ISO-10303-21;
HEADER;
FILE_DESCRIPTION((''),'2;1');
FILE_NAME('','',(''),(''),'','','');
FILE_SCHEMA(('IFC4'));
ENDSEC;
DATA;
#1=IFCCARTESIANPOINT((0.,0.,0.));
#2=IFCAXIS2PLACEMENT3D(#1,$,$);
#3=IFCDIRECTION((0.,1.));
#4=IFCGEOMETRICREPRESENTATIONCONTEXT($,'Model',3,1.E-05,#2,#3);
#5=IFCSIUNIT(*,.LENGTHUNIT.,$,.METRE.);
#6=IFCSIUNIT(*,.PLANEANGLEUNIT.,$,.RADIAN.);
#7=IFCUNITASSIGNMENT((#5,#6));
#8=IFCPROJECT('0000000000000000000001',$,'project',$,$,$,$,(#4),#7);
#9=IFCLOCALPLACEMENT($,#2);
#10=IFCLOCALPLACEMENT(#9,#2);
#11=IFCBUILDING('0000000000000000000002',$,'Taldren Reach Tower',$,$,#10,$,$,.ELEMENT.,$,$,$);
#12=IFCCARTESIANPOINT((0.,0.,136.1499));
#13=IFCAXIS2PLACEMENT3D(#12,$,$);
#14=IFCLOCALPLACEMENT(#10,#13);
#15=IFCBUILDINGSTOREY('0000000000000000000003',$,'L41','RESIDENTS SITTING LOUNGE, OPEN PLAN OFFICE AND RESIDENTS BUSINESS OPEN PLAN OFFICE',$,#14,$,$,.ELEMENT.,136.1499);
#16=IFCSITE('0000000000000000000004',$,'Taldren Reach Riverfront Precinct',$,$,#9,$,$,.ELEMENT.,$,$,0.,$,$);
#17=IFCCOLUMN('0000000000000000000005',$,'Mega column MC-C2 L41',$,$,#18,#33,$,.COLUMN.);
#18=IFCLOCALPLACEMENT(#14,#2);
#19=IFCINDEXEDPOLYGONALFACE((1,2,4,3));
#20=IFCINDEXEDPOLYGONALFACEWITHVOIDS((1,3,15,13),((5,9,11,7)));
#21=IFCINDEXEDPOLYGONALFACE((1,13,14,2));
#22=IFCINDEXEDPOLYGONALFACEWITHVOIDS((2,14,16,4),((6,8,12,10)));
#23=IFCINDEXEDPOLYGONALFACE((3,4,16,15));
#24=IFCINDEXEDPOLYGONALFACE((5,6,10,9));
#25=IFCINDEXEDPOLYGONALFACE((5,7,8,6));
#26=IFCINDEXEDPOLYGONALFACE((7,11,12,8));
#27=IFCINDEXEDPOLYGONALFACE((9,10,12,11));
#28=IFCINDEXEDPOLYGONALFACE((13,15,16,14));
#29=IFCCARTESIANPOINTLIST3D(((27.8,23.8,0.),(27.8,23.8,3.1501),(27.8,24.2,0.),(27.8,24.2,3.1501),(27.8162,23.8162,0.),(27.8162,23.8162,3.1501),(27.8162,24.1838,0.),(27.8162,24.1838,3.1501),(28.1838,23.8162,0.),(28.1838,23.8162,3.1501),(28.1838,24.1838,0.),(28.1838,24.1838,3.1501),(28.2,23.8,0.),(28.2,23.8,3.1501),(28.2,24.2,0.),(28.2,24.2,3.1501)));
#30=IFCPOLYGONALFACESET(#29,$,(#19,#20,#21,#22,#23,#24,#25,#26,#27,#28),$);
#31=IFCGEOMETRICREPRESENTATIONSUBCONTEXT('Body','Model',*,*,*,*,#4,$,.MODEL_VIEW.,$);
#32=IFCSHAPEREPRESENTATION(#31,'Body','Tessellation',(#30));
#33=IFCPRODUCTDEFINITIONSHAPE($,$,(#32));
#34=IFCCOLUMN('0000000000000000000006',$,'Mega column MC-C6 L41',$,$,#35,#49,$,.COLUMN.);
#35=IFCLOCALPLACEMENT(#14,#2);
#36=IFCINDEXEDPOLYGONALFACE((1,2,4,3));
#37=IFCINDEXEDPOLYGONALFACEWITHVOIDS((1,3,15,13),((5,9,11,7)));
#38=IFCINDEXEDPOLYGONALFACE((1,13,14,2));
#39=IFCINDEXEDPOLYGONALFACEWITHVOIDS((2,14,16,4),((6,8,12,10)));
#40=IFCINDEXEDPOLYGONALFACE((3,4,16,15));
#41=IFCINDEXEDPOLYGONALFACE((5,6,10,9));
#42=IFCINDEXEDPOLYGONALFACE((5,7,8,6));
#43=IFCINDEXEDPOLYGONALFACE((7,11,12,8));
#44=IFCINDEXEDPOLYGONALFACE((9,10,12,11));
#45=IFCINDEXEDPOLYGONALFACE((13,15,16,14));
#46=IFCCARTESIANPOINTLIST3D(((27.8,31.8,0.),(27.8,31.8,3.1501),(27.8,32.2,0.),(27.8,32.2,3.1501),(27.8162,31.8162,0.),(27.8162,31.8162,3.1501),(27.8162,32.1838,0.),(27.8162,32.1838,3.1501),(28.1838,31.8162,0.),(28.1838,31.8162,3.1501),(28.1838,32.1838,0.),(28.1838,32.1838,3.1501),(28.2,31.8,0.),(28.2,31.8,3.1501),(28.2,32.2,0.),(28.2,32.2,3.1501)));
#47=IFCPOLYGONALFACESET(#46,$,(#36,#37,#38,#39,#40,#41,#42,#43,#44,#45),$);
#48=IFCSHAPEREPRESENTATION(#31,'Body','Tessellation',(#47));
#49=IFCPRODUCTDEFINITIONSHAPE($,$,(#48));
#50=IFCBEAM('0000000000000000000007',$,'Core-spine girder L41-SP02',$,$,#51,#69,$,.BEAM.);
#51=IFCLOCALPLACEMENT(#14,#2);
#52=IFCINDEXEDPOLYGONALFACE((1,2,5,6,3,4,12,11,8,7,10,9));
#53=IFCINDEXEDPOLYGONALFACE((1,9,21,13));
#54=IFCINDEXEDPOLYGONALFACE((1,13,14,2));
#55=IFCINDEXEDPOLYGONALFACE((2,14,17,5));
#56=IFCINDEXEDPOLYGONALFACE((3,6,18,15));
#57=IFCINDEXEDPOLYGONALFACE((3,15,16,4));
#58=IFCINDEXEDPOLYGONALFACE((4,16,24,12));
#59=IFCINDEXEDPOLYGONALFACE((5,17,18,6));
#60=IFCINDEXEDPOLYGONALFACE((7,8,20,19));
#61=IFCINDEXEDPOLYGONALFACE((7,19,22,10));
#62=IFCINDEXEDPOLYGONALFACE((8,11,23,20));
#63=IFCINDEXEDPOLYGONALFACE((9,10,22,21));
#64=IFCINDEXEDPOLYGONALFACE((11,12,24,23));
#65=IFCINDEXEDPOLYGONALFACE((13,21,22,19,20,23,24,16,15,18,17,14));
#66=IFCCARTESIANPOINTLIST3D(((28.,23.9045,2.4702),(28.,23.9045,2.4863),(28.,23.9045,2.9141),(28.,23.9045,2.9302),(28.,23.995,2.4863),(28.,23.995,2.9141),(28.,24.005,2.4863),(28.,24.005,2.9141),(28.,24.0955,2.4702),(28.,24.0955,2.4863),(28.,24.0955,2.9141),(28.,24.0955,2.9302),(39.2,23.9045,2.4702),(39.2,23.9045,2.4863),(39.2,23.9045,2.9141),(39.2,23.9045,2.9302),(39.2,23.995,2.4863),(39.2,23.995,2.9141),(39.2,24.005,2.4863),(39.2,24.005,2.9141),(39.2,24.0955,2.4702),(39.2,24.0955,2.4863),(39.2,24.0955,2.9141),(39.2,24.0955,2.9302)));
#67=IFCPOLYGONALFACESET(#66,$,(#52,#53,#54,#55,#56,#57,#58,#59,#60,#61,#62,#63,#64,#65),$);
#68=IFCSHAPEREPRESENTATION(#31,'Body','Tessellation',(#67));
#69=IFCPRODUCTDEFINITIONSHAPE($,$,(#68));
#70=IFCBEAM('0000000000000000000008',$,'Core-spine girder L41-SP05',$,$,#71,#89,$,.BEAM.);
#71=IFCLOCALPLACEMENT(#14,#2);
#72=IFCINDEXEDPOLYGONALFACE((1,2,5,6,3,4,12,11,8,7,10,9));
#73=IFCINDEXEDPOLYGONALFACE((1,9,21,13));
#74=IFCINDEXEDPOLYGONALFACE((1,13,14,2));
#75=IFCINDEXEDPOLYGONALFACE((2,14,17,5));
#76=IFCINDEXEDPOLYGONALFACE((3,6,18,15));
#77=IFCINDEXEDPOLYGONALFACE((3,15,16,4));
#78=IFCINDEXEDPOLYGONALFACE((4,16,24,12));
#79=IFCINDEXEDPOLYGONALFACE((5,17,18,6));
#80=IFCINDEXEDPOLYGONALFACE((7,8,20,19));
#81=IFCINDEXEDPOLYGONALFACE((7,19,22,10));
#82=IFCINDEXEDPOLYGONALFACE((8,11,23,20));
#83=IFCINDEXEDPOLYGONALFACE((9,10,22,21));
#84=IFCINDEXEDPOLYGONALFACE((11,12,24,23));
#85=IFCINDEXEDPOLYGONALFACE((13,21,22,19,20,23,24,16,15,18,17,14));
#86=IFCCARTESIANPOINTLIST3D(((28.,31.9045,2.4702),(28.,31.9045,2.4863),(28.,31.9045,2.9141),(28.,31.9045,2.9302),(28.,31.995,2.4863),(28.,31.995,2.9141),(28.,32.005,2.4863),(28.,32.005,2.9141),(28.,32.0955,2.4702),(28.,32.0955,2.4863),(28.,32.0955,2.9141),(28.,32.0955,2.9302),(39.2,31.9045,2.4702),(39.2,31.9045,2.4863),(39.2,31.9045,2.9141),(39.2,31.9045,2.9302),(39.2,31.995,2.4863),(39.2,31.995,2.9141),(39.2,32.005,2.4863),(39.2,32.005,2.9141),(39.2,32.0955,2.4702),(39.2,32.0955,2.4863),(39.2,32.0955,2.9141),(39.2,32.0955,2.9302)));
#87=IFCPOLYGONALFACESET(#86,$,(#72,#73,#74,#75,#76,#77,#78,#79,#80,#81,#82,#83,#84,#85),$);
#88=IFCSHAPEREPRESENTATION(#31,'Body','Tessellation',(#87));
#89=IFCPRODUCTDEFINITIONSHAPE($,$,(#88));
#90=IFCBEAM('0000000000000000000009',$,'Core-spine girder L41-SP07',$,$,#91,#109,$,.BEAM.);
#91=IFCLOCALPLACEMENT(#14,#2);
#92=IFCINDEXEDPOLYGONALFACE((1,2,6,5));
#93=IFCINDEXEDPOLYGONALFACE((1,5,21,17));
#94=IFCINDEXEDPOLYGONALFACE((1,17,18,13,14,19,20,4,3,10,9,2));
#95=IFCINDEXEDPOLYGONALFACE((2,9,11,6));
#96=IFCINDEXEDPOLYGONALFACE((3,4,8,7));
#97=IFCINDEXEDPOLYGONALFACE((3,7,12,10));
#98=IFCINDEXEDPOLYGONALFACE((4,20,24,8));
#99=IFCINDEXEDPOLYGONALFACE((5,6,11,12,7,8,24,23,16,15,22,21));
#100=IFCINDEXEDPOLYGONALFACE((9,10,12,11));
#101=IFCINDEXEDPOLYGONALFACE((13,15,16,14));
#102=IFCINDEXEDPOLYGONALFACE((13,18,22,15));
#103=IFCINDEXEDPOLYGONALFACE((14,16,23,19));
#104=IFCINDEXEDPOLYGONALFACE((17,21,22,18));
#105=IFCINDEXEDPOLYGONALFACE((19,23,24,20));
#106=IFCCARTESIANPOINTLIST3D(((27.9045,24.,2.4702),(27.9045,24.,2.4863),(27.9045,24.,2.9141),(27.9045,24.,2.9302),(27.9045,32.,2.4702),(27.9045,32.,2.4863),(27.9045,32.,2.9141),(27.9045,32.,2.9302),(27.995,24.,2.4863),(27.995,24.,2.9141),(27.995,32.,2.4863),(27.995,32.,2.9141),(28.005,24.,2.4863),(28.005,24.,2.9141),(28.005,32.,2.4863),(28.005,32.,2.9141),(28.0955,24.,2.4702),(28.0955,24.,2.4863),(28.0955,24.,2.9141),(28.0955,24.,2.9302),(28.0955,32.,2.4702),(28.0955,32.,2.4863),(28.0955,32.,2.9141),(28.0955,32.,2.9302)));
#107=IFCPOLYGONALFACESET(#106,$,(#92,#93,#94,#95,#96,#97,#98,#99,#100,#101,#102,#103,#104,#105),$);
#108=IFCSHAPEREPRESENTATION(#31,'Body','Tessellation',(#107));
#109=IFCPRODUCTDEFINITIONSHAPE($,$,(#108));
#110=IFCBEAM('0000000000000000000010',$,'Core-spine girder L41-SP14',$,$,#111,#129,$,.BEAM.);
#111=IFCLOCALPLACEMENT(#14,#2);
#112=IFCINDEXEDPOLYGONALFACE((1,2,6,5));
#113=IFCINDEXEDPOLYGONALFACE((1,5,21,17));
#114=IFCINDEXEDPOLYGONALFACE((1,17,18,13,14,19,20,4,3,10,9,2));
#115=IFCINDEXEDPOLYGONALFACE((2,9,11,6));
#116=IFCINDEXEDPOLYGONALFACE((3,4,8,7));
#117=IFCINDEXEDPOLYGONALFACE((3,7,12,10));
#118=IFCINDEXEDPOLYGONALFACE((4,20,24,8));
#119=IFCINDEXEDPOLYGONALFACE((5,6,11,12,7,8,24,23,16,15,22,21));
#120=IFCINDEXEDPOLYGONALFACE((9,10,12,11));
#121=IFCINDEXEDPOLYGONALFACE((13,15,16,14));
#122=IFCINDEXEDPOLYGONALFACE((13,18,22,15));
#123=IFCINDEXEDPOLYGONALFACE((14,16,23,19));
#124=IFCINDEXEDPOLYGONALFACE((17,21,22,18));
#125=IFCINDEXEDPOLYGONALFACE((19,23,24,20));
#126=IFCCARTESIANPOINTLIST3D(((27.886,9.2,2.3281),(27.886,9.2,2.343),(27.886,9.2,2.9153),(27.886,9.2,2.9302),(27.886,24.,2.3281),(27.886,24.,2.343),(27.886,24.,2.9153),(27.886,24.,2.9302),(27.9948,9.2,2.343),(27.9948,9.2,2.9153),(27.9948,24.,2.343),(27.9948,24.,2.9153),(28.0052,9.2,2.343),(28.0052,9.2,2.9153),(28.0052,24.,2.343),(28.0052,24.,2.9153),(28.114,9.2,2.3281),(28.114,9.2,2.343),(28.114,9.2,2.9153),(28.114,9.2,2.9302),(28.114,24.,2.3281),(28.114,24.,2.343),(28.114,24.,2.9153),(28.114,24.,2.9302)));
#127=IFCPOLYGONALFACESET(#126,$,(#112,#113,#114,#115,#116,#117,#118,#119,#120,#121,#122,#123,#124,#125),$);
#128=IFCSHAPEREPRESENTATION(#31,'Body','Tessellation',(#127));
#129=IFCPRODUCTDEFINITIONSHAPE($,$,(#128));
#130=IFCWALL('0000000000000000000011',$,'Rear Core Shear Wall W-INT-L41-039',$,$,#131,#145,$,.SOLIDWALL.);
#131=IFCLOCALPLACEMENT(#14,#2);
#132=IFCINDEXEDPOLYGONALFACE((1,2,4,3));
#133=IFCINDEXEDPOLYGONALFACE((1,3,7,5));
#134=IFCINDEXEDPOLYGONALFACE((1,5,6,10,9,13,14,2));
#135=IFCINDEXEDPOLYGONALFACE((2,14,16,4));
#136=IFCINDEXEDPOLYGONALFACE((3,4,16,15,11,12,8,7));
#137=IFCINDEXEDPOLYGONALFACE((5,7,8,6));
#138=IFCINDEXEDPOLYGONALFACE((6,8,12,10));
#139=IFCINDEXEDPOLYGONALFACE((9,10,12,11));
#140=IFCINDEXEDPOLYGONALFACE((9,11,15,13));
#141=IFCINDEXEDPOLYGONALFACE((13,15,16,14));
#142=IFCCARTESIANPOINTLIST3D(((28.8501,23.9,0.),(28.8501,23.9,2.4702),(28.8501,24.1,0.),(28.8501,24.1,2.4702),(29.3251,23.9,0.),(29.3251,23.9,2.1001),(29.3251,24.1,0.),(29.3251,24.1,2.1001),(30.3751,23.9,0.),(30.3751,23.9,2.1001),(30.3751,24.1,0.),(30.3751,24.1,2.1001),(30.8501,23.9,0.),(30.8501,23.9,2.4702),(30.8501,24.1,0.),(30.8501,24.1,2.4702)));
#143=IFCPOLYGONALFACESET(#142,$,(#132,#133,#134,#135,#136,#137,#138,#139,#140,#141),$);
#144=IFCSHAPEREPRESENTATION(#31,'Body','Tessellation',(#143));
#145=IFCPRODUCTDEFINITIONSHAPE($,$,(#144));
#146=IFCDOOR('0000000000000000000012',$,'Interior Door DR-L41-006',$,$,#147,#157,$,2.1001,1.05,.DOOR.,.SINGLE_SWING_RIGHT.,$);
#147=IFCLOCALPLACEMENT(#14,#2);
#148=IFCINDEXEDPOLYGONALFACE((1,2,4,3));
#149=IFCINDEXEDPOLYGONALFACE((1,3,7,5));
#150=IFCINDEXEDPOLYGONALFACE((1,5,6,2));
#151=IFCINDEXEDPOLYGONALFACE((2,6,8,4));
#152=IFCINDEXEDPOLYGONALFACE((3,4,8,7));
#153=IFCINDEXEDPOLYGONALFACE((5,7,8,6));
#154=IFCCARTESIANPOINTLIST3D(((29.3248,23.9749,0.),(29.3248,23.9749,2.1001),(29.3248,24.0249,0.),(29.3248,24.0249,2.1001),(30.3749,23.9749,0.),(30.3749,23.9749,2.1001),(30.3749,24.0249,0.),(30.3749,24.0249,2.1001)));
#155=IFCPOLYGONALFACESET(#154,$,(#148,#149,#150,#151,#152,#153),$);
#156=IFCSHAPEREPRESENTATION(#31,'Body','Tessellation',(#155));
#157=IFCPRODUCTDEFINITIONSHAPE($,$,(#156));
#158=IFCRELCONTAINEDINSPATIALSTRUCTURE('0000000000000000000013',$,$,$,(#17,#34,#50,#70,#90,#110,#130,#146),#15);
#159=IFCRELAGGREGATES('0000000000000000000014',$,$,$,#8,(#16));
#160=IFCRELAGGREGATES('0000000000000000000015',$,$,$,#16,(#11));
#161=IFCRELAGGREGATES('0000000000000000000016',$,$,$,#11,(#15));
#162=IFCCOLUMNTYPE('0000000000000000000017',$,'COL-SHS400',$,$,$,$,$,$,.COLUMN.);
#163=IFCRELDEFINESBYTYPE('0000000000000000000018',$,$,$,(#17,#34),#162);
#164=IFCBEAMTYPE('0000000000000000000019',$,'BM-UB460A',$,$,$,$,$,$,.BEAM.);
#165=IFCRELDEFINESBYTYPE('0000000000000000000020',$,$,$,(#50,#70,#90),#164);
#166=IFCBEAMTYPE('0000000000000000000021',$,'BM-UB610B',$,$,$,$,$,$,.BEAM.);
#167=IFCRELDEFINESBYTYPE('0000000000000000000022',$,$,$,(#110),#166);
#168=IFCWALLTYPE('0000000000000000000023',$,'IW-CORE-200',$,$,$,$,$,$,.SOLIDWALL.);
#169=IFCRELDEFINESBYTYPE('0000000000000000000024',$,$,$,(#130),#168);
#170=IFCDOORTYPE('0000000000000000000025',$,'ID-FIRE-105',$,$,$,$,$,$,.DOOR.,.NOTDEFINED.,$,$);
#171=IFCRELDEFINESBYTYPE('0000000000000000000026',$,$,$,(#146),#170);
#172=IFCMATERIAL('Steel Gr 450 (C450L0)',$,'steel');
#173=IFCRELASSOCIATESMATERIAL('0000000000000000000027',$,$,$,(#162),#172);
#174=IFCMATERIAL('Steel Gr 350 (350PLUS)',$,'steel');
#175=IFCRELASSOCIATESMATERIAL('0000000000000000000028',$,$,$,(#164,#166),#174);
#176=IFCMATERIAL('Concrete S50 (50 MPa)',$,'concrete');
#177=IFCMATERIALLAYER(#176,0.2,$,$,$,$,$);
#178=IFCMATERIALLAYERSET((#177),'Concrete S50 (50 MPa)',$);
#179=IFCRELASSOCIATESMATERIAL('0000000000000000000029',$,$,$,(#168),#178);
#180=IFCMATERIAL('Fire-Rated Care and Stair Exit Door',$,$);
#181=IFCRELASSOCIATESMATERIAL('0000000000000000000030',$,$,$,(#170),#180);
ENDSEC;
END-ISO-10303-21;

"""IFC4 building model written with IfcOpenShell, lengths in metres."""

from ifc_helpers import new_model, si_unit, direction, frame, frame_2d, origin, origin_2d, place, context, subcontext, project, spatial, rectangle, hollow_rectangle, i_section, extrude, source, transform, mapped, material, layer, layer_set, material_profile, profile_set, type_object, element, fill, save


model = new_model("IFC4")

# Units and contexts
model_context = context("Model", 3, precision=1e-05, world=origin(), true_north=direction((0.0, 1.0)))
body_context = subcontext(model_context, "Body", "Model", "MODEL_VIEW")
ifc_project = project(units=[si_unit("LENGTHUNIT", "METRE"), si_unit("PLANEANGLEUNIT", "RADIAN")], contexts=[model_context])

# Site, building, storey
site_placement = place(None, origin())
site = spatial("IfcSite", under=ifc_project, at=site_placement, Name="Taldren Reach Riverfront Precinct", CompositionType="ELEMENT", RefElevation=0.0)
building_placement = place(site_placement, origin())
building = spatial("IfcBuilding", under=site, at=building_placement, Name="Taldren Reach Tower", CompositionType="ELEMENT")
storey_placement = place(building_placement, frame((0.0, 0.0, 136.1499)))
storey = spatial("IfcBuildingStorey", under=building, at=storey_placement, Name="L41", Description="RESIDENTS SITTING LOUNGE, OPEN PLAN OFFICE AND RESIDENTS BUSINESS OPEN PLAN OFFICE", CompositionType="ELEMENT", Elevation=136.1499)

# Columns
ifc_material_1 = material(Name="Steel Gr 450 (C450L0)", Category="steel")
ifc_material_profile_1 = material_profile(ifc_material_1, hollow_rectangle(XDim=0.3999, YDim=0.3999, WallThickness=0.0161, at=origin_2d()), Name="400x400x16.0SHS")
ifc_profile_set_1 = profile_set([ifc_material_profile_1], Name="Steel Gr 450 (C450L0)")
column_type = type_object("IfcColumnType", Name="COL-SHS400", PredefinedType="COLUMN", material=ifc_profile_set_1)
shared_shape_1 = source(origin(), body_context, "Body", "SweptSolid", [
    extrude(hollow_rectangle(XDim=0.3999, YDim=0.3999, WallThickness=0.0161, at=origin_2d()), origin(), (0.0, 0.0, 1.0), 3.1501),
])
for number, where, z_axis, x_axis, name in (
    (1, (28.0, 24.0, 0.0), (0.0, 0.0, 1.0), (1.0, 0.0, 0.0), "Mega column MC-C2 L41"),
    (2, (28.0, 32.0, 0.0), (0.0, 0.0, 1.0), (1.0, 0.0, 0.0), "Mega column MC-C6 L41"),
):
    element("IfcColumn", number, at=place(storey_placement, frame(where, z_axis=z_axis, x_axis=x_axis)), inside=storey, type_object=column_type, Name=name, PredefinedType="COLUMN", context=body_context, shape_type="MappedRepresentation", body=[
        mapped(shared_shape_1, transform((0.0, 0.0, 0.0), scale=1.0)),
    ])

# Beams
ifc_material_2 = material(Name="Steel Gr 350 (350PLUS)", Category="steel")
ifc_material_profile_2 = material_profile(ifc_material_2, i_section(OverallWidth=0.1909, OverallDepth=0.46, WebThickness=0.01, FlangeThickness=0.0161, at=origin_2d()), Name="460UB82.1")
ifc_profile_set_2 = profile_set([ifc_material_profile_2], Name="Steel Gr 350 (350PLUS)")
beam_type_1 = type_object("IfcBeamType", Name="BM-UB460A", PredefinedType="BEAM", material=ifc_profile_set_2)
shared_shape_2 = source(origin(), body_context, "Body", "SweptSolid", [
    extrude(i_section(OverallWidth=0.1909, OverallDepth=0.46, WebThickness=0.01, FlangeThickness=0.0161, at=origin_2d()), origin(), (0.0, 0.0, 1.0), 11.2),
])
for number, where, z_axis, x_axis, name in (
    (3, (28.0, 24.0, 2.7002), (1.0, 0.0, 0.0), (0.0, 1.0, 0.0), "Core-spine girder L41-SP02"),
    (4, (28.0, 32.0, 2.7002), (1.0, 0.0, 0.0), (0.0, 1.0, 0.0), "Core-spine girder L41-SP05"),
):
    element("IfcBeam", number, at=place(storey_placement, frame(where, z_axis=z_axis, x_axis=x_axis)), inside=storey, type_object=beam_type_1, Name=name, PredefinedType="BEAM", context=body_context, shape_type="MappedRepresentation", body=[
        mapped(shared_shape_2, transform((0.0, 0.0, 0.0), scale=1.0)),
    ])
shared_shape_3 = source(origin(), body_context, "Body", "SweptSolid", [
    extrude(i_section(OverallWidth=0.1909, OverallDepth=0.46, WebThickness=0.01, FlangeThickness=0.0161, at=origin_2d()), origin(), (0.0, 0.0, 1.0), 8.0),
])
beam_1_placement = place(storey_placement, frame((28.0, 24.0, 2.7002), z_axis=(0.0, 1.0, 0.0), x_axis=(-1.0, 0.0, 0.0)))
element("IfcBeam", 5, at=beam_1_placement, inside=storey, type_object=beam_type_1, Name="Core-spine girder L41-SP07", PredefinedType="BEAM", context=body_context, shape_type="MappedRepresentation", body=[
    mapped(shared_shape_3, transform((0.0, 0.0, 0.0), scale=1.0)),
])
ifc_material_profile_3 = material_profile(ifc_material_2, i_section(OverallWidth=0.228, OverallDepth=0.6021, WebThickness=0.0105, FlangeThickness=0.0149, at=origin_2d()), Name="610UB101")
ifc_profile_set_3 = profile_set([ifc_material_profile_3], Name="Steel Gr 350 (350PLUS)")
beam_type_2 = type_object("IfcBeamType", Name="BM-UB610B", PredefinedType="BEAM", material=ifc_profile_set_3)
shared_shape_4 = source(origin(), body_context, "Body", "SweptSolid", [
    extrude(i_section(OverallWidth=0.228, OverallDepth=0.6021, WebThickness=0.0105, FlangeThickness=0.0149, at=origin_2d()), origin(), (0.0, 0.0, 1.0), 14.8),
])
beam_2_placement = place(storey_placement, frame((28.0, 24.0, 2.6292), z_axis=(0.0, -1.0, 0.0), x_axis=(1.0, 0.0, 0.0)))
element("IfcBeam", 6, at=beam_2_placement, inside=storey, type_object=beam_type_2, Name="Core-spine girder L41-SP14", PredefinedType="BEAM", context=body_context, shape_type="MappedRepresentation", body=[
    mapped(shared_shape_4, transform((0.0, 0.0, 0.0), scale=1.0)),
])

# Wall, opening, door
ifc_material_3 = material(Name="Concrete S50 (50 MPa)", Category="concrete")
ifc_layer_1 = layer(ifc_material_3, 0.2)
ifc_layer_set_1 = layer_set([ifc_layer_1], Name="Concrete S50 (50 MPa)")
wall_type_1 = type_object("IfcWallType", Name="IW-CORE-200", PredefinedType="SOLIDWALL", material=ifc_layer_set_1)
shared_shape_5 = source(origin(), body_context, "Body", "SweptSolid", [
    extrude(rectangle(XDim=2.0, YDim=0.2, at=frame_2d((1.0, 0.0))), origin(), (0.0, 0.0, 1.0), 2.4702),
])
wall_1_placement = place(storey_placement, frame((30.8501, 24.0, 0.0), z_axis=(0.0, 0.0, 1.0), x_axis=(-1.0, 0.0, 0.0)))
wall_1 = element("IfcWall", 7, at=wall_1_placement, inside=storey, type_object=wall_type_1, Name="Rear Core Shear Wall W-INT-L41-039", PredefinedType="SOLIDWALL", context=body_context, shape_type="MappedRepresentation", body=[
    mapped(shared_shape_5, transform((0.0, 0.0, 0.0), scale=1.0)),
])
shared_shape_6 = source(origin(), body_context, "Body", "SweptSolid", [
    extrude(rectangle(XDim=1.05, YDim=2.1001, at=frame_2d((0.5249, 1.05))), frame((0.0, 0.1099, 0.0), z_axis=(0.0, -1.0, 0.0), x_axis=(1.0, 0.0, 0.0)), (0.0, 0.0, 1.0), 0.22),
])
opening_1_placement = place(wall_1_placement, frame((0.4751, 0.0, 0.0)))
opening_1 = element("IfcOpeningElement", 8, at=opening_1_placement, cuts=wall_1, PredefinedType="OPENING", context=body_context, shape_type="MappedRepresentation", body=[
    mapped(shared_shape_6, transform((0.0, 0.0, 0.0), scale=1.0)),
])
ifc_material_4 = material(Name="Fire-Rated Care and Stair Exit Door")
door_type_1 = type_object("IfcDoorType", Name="ID-FIRE-105", OperationType="NOTDEFINED", PredefinedType="DOOR", material=ifc_material_4)
shared_shape_7 = source(origin(), body_context, "Body", "SweptSolid", [
    extrude(rectangle(XDim=1.05, YDim=2.1001, at=frame_2d((0.5249, 1.05))), frame((0.0, 0.0249, 0.0), z_axis=(0.0, -1.0, 0.0), x_axis=(1.0, 0.0, 0.0)), (0.0, 0.0, 1.0), 0.05),
])
door_1_placement = place(opening_1_placement, frame((1.05, 0.0, 0.0), z_axis=(0.0, 0.0, 1.0), x_axis=(-1.0, 0.0, 0.0)))
door_1 = element("IfcDoor", 9, at=door_1_placement, inside=storey, type_object=door_type_1, Name="Interior Door DR-L41-006", OperationType="SINGLE_SWING_RIGHT", OverallHeight=2.1001, OverallWidth=1.05, PredefinedType="DOOR", context=body_context, shape_type="MappedRepresentation", body=[
    mapped(shared_shape_7, transform((0.0, 0.0, 0.0), scale=1.0)),
])
fill(opening_1, door_1)

save(model, "model.ifc")
